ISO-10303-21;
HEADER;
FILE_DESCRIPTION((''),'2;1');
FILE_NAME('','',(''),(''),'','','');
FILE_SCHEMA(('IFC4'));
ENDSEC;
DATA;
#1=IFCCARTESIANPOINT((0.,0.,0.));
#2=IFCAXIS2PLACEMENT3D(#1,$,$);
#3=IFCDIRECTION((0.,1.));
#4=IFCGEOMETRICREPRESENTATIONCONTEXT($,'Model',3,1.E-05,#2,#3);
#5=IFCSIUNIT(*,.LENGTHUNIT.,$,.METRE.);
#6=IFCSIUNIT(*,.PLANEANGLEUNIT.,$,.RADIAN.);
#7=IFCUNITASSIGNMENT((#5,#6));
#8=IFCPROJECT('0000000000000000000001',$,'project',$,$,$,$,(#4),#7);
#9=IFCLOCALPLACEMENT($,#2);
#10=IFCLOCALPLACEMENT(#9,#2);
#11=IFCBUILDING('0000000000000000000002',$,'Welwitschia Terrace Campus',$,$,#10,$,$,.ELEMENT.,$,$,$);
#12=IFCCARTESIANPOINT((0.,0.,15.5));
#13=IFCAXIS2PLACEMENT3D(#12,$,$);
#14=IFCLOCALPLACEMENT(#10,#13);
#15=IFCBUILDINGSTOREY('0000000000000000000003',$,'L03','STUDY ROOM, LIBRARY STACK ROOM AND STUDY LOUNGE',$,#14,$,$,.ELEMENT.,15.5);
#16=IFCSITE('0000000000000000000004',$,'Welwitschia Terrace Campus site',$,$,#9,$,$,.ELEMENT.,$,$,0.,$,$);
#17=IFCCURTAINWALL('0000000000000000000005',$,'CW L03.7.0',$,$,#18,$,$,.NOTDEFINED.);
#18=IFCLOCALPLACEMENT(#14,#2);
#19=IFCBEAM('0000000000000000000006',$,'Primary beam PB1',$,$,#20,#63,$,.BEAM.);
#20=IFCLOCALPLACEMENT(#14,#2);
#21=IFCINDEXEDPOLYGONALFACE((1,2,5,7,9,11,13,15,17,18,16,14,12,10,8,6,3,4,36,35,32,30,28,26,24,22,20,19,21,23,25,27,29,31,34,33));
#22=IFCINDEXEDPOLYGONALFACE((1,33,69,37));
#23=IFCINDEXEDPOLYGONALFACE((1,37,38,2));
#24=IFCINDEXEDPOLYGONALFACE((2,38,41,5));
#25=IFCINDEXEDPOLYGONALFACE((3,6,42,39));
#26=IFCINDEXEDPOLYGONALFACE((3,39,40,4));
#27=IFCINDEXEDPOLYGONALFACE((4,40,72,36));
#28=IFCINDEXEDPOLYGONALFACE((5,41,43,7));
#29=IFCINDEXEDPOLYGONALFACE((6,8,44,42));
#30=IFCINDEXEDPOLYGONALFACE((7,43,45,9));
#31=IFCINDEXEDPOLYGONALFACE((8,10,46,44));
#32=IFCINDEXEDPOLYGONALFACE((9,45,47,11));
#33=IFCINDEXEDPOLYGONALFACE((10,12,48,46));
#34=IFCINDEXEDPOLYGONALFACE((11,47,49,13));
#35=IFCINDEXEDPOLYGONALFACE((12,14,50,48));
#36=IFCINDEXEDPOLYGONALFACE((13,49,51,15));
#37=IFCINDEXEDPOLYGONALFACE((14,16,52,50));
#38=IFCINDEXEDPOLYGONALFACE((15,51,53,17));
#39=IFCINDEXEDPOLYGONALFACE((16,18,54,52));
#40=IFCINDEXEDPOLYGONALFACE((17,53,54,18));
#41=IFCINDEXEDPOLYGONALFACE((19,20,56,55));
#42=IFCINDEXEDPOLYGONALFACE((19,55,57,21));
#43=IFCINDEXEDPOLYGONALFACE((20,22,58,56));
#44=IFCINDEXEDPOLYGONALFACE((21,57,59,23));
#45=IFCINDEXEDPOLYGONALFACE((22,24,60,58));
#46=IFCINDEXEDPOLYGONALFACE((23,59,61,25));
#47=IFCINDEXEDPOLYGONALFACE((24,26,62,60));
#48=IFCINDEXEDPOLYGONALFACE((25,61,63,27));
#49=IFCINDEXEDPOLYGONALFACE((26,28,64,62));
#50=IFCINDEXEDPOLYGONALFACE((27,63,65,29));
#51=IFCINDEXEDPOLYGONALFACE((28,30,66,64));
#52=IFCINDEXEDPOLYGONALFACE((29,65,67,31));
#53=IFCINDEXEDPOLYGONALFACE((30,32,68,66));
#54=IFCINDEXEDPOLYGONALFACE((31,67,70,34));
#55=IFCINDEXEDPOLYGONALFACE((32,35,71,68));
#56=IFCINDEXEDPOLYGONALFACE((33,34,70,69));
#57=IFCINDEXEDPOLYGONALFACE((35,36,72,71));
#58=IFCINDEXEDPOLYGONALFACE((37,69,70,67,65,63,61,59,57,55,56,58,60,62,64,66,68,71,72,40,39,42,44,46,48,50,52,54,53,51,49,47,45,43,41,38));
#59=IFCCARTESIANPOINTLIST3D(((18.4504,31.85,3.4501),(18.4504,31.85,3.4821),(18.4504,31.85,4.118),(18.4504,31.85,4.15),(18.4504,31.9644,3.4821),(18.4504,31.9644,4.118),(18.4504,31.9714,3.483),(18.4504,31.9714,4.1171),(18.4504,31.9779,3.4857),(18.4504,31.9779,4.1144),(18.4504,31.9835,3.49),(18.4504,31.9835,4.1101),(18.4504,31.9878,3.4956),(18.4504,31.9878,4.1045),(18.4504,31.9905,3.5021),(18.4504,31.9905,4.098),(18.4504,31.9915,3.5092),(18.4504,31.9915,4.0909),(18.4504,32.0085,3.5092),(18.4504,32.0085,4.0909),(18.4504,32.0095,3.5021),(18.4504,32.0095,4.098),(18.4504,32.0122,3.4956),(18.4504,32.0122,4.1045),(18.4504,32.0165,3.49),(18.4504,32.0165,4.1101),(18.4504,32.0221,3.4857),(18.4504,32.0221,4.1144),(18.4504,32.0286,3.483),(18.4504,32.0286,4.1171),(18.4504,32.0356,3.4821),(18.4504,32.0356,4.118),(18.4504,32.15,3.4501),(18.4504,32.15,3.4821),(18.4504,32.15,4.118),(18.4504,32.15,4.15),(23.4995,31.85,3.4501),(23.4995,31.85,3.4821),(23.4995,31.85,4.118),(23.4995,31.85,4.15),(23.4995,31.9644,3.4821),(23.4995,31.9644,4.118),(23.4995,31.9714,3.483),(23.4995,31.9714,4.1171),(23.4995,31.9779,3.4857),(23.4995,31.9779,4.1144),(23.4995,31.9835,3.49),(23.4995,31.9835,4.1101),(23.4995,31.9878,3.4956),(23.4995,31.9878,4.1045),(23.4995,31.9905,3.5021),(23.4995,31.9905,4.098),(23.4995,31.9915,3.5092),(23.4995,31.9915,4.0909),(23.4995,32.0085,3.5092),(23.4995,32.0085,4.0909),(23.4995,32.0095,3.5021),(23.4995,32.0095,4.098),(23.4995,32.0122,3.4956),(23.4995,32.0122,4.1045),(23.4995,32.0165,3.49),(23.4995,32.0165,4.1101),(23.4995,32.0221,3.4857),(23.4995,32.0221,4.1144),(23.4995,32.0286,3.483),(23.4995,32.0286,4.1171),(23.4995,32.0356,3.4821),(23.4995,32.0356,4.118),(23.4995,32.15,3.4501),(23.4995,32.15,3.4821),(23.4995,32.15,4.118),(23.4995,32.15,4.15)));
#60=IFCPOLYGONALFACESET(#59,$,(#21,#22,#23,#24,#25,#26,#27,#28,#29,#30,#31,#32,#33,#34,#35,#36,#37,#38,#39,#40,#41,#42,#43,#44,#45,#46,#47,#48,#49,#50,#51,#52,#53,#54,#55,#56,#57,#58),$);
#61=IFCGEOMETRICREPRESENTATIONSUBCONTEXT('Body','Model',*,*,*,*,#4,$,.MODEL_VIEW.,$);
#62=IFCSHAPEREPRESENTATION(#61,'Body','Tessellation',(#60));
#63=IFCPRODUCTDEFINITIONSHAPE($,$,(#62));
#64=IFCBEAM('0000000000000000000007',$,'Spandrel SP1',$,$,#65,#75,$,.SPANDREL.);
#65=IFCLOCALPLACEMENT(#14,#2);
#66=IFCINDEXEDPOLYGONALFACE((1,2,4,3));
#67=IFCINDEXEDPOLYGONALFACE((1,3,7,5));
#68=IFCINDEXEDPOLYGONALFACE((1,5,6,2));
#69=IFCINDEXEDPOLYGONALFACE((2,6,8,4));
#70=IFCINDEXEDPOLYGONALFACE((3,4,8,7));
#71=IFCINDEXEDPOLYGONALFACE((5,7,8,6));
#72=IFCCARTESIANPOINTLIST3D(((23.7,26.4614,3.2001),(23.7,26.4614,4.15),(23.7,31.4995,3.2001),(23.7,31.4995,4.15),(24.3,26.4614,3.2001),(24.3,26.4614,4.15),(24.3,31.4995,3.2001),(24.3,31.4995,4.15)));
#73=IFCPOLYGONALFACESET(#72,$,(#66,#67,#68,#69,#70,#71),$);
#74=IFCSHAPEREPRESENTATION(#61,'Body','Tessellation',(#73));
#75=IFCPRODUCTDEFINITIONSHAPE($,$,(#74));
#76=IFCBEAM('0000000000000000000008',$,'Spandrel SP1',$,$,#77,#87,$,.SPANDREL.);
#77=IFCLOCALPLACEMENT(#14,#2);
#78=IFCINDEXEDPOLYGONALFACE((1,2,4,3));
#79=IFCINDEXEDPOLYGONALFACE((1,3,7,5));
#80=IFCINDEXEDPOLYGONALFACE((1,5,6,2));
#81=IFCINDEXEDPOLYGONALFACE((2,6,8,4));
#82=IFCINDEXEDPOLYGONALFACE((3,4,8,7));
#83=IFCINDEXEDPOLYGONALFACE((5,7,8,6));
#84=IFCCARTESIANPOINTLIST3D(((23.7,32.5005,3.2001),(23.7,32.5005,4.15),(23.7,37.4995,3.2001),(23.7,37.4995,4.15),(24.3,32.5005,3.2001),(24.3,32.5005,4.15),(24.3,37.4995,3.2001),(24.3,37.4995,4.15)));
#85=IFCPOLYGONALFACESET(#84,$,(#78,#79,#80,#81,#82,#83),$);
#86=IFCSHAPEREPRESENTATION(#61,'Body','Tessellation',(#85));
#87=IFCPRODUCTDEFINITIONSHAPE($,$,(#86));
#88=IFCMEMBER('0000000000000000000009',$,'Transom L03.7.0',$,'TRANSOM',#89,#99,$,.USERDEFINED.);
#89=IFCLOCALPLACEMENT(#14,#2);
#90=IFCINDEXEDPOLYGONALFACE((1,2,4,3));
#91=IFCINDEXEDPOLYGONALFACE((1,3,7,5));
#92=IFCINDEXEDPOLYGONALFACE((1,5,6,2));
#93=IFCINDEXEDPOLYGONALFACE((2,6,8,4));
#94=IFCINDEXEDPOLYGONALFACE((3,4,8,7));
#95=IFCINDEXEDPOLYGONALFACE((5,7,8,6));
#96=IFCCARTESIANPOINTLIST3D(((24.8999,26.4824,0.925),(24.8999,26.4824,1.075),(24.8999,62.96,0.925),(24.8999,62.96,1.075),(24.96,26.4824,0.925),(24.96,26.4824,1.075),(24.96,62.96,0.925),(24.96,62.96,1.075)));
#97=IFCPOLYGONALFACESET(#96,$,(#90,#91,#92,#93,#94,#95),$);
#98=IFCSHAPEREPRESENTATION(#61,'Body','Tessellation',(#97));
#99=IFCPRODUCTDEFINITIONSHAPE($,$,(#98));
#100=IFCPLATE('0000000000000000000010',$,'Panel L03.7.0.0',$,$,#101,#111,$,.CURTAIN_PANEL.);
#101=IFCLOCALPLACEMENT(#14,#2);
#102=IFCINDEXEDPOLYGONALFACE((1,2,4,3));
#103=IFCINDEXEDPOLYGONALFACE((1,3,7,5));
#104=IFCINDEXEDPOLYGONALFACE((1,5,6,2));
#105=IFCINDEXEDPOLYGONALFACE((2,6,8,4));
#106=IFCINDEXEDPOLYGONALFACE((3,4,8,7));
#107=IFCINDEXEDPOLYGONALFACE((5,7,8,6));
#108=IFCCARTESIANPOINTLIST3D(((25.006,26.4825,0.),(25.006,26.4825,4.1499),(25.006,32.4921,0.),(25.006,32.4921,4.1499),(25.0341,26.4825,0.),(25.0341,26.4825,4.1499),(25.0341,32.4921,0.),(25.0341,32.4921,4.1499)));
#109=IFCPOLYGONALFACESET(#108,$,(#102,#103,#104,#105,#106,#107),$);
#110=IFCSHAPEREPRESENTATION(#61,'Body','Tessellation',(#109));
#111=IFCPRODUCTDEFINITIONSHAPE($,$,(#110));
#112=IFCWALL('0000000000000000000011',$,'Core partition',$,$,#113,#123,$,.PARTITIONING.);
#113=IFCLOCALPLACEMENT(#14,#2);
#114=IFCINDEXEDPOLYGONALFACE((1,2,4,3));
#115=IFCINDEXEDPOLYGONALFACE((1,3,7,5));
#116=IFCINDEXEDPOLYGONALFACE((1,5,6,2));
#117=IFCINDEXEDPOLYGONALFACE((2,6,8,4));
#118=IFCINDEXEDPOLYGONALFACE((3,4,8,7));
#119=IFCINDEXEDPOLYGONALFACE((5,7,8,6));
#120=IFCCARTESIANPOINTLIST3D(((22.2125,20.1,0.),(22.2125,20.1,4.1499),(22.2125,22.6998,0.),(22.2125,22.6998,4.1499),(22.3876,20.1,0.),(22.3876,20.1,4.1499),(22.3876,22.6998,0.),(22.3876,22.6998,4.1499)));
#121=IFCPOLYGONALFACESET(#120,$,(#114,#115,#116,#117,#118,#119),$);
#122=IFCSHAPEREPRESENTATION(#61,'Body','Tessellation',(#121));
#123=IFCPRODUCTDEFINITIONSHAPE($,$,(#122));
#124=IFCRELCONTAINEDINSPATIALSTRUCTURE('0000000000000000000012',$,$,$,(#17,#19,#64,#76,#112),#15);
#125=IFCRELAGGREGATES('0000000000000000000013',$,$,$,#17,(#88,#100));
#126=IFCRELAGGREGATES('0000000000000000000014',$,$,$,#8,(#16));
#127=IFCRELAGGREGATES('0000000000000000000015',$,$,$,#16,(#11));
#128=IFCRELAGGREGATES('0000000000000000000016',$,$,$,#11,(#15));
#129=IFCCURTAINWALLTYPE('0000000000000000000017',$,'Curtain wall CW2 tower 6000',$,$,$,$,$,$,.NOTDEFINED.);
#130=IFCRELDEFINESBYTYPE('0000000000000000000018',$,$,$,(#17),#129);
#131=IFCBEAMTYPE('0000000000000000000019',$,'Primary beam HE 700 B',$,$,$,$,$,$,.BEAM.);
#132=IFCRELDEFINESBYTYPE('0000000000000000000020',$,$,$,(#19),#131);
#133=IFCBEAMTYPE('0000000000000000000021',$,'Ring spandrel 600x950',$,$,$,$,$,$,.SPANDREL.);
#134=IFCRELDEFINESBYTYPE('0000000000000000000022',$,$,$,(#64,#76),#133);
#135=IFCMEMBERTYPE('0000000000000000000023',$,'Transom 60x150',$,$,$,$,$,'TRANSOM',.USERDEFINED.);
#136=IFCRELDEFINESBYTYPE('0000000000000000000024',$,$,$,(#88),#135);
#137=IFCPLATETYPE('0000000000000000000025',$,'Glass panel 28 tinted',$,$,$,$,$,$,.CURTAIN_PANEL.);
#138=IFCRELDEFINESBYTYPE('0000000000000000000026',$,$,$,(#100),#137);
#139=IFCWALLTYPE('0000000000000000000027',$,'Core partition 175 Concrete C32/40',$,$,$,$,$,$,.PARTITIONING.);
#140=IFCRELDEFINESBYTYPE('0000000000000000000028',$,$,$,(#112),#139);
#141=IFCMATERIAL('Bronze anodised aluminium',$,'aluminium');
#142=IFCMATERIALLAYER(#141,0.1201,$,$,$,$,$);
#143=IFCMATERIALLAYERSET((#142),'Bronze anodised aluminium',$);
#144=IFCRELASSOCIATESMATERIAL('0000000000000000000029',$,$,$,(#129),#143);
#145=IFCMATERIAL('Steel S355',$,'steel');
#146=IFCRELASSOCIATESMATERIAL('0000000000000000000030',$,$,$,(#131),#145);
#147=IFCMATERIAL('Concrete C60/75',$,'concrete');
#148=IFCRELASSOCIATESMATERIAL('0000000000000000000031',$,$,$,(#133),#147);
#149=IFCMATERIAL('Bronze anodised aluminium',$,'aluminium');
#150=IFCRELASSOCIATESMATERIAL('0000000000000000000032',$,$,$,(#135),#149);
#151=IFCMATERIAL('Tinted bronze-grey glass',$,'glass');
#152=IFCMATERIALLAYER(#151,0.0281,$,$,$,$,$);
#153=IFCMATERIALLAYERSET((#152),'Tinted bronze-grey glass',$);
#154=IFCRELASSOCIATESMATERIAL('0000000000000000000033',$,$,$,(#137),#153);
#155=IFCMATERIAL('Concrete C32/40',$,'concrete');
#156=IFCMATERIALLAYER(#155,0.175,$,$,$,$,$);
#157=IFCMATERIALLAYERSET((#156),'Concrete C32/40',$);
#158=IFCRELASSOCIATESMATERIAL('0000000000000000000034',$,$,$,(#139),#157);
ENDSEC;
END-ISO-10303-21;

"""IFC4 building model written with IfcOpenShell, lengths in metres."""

from ifc_helpers import new_model, si_unit, direction, frame, frame_2d, origin, origin_2d, place, context, subcontext, project, spatial, rectangle, i_section, extrude, material, layer, layer_set, material_profile, profile_set, type_object, element, aggregate, save


model = new_model("IFC4")

# Units and contexts
model_context = context("Model", 3, precision=1e-05, world=origin(), true_north=direction((0.0, 1.0)))
body_context = subcontext(model_context, "Body", "Model", "MODEL_VIEW")
ifc_project = project(units=[si_unit("LENGTHUNIT", "METRE"), si_unit("PLANEANGLEUNIT", "RADIAN")], contexts=[model_context])

# Site, building, storey
site_placement = place(None, origin())
site = spatial("IfcSite", under=ifc_project, at=site_placement, Name="Welwitschia Terrace Campus site", CompositionType="ELEMENT", RefElevation=0.0)
building_placement = place(site_placement, origin())
building = spatial("IfcBuilding", under=site, at=building_placement, Name="Welwitschia Terrace Campus", CompositionType="ELEMENT")
storey_placement = place(building_placement, frame((0.0, 0.0, 15.5)))
storey = spatial("IfcBuildingStorey", under=building, at=storey_placement, Name="L03", Description="STUDY ROOM, LIBRARY STACK ROOM AND STUDY LOUNGE", CompositionType="ELEMENT", Elevation=15.5)

# Curtain wall
ifc_material_1 = material(Name="Bronze anodised aluminium", Category="aluminium")
ifc_layer_1 = layer(ifc_material_1, 0.1201)
ifc_layer_set_1 = layer_set([ifc_layer_1], Name="Bronze anodised aluminium")
curtain_wall_type = type_object("IfcCurtainWallType", Name="Curtain wall CW2 tower 6000", PredefinedType="NOTDEFINED", material=ifc_layer_set_1)
curtain_wall_placement = place(storey_placement, origin())
curtain_wall = element("IfcCurtainWall", 1, at=curtain_wall_placement, inside=storey, type_object=curtain_wall_type, Name="CW L03.7.0", PredefinedType="NOTDEFINED")

# Beams
ifc_material_2 = material(Name="Steel S355", Category="steel")
ifc_material_profile_1 = material_profile(ifc_material_2, i_section(OverallWidth=0.3, OverallDepth=0.7, WebThickness=0.0171, FlangeThickness=0.032, FilletRadius=0.0271, at=origin_2d()))
ifc_profile_set_1 = profile_set([ifc_material_profile_1], Name="Steel S355")
beam_type_1 = type_object("IfcBeamType", Name="Primary beam HE 700 B", PredefinedType="BEAM", material=ifc_profile_set_1)
beam_1_placement = place(storey_placement, frame((23.4995, 32.0, 3.8), z_axis=(-1.0, 0.0, 0.0), x_axis=(0.0, -1.0, 0.0)))
element("IfcBeam", 2, at=beam_1_placement, inside=storey, type_object=beam_type_1, Name="Primary beam PB1", PredefinedType="BEAM", context=body_context, shape_type="SweptSolid", body=[
    extrude(i_section(OverallWidth=0.3, OverallDepth=0.7, WebThickness=0.0171, FlangeThickness=0.032, FilletRadius=0.0271, at=origin_2d()), origin(), (0.0, 0.0, 1.0), 5.0491),
])
ifc_material_3 = material(Name="Concrete C60/75", Category="concrete")
ifc_material_profile_2 = material_profile(ifc_material_3, rectangle(XDim=0.6001, YDim=0.95, at=origin_2d()))
ifc_profile_set_2 = profile_set([ifc_material_profile_2], Name="Concrete C60/75")
beam_type_2 = type_object("IfcBeamType", Name="Ring spandrel 600x950", PredefinedType="SPANDREL", material=ifc_profile_set_2)
beam_2_placement = place(storey_placement, frame((24.0, 26.4614, 3.675), z_axis=(0.0, 1.0, 0.0), x_axis=(-1.0, 0.0, 0.0)))
element("IfcBeam", 3, at=beam_2_placement, inside=storey, type_object=beam_type_2, Name="Spandrel SP1", PredefinedType="SPANDREL", context=body_context, shape_type="SweptSolid", body=[
    extrude(rectangle(XDim=0.6001, YDim=0.95, at=origin_2d()), origin(), (0.0, 0.0, 1.0), 5.0381),
])
beam_3_placement = place(storey_placement, frame((24.0, 32.5005, 3.675), z_axis=(0.0, 1.0, 0.0), x_axis=(-1.0, 0.0, 0.0)))
element("IfcBeam", 4, at=beam_3_placement, inside=storey, type_object=beam_type_2, Name="Spandrel SP1", PredefinedType="SPANDREL", context=body_context, shape_type="SweptSolid", body=[
    extrude(rectangle(XDim=0.6001, YDim=0.95, at=origin_2d()), origin(), (0.0, 0.0, 1.0), 4.999),
])

# Member
ifc_material_4 = material(Name="Bronze anodised aluminium", Category="aluminium")
ifc_material_profile_3 = material_profile(ifc_material_4, rectangle(XDim=0.0601, YDim=0.1499, at=origin_2d()))
ifc_profile_set_3 = profile_set([ifc_material_profile_3], Name="Bronze anodised aluminium")
member_type_1 = type_object("IfcMemberType", Name="Transom 60x150", ElementType="TRANSOM", PredefinedType="USERDEFINED", material=ifc_profile_set_3)
member_1_placement = place(storey_placement, frame((24.9299, 26.4824, 1.0), z_axis=(0.0, 1.0, 0.0), x_axis=(-1.0, 0.0, 0.0)))
member_1 = element("IfcMember", 5, at=member_1_placement, type_object=member_type_1, Name="Transom L03.7.0", ObjectType="TRANSOM", PredefinedType="USERDEFINED", context=body_context, shape_type="SweptSolid", body=[
    extrude(rectangle(XDim=0.0601, YDim=0.1499, at=origin_2d()), origin(), (0.0, 0.0, 1.0), 36.4775),
])

# Plate
ifc_material_5 = material(Name="Tinted bronze-grey glass", Category="glass")
ifc_layer_2 = layer(ifc_material_5, 0.0281)
ifc_layer_set_2 = layer_set([ifc_layer_2], Name="Tinted bronze-grey glass")
plate_type = type_object("IfcPlateType", Name="Glass panel 28 tinted", PredefinedType="CURTAIN_PANEL", material=ifc_layer_set_2)
plate_placement = place(storey_placement, frame((25.02, 29.4873, 0.0), z_axis=(0.0, 0.0, 1.0), x_axis=(0.0, 1.0, 0.0)))
plate = element("IfcPlate", 6, at=plate_placement, type_object=plate_type, Name="Panel L03.7.0.0", PredefinedType="CURTAIN_PANEL", context=body_context, shape_type="SweptSolid", body=[
    extrude(rectangle(XDim=6.0095, YDim=0.0281, at=origin_2d()), origin(), (0.0, 0.0, 1.0), 4.1499),
])
aggregate(curtain_wall, [member_1, plate])

# Wall
ifc_material_6 = material(Name="Concrete C32/40", Category="concrete")
ifc_layer_3 = layer(ifc_material_6, 0.175)
ifc_layer_set_3 = layer_set([ifc_layer_3], Name="Concrete C32/40")
wall_type_1 = type_object("IfcWallType", Name="Core partition 175 Concrete C32/40", PredefinedType="PARTITIONING", material=ifc_layer_set_3)
wall_1_placement = place(storey_placement, frame((22.3, 20.1001, 0.0), z_axis=(0.0, 0.0, 1.0), x_axis=(0.0, 1.0, 0.0)))
element("IfcWall", 7, at=wall_1_placement, inside=storey, type_object=wall_type_1, Name="Core partition", PredefinedType="PARTITIONING", context=body_context, shape_type="SweptSolid", body=[
    extrude(rectangle(XDim=2.5999, YDim=0.175, at=frame_2d((1.2998, 0.0))), origin(), (0.0, 0.0, 1.0), 4.1499),
])

save(model, "model.ifc")
